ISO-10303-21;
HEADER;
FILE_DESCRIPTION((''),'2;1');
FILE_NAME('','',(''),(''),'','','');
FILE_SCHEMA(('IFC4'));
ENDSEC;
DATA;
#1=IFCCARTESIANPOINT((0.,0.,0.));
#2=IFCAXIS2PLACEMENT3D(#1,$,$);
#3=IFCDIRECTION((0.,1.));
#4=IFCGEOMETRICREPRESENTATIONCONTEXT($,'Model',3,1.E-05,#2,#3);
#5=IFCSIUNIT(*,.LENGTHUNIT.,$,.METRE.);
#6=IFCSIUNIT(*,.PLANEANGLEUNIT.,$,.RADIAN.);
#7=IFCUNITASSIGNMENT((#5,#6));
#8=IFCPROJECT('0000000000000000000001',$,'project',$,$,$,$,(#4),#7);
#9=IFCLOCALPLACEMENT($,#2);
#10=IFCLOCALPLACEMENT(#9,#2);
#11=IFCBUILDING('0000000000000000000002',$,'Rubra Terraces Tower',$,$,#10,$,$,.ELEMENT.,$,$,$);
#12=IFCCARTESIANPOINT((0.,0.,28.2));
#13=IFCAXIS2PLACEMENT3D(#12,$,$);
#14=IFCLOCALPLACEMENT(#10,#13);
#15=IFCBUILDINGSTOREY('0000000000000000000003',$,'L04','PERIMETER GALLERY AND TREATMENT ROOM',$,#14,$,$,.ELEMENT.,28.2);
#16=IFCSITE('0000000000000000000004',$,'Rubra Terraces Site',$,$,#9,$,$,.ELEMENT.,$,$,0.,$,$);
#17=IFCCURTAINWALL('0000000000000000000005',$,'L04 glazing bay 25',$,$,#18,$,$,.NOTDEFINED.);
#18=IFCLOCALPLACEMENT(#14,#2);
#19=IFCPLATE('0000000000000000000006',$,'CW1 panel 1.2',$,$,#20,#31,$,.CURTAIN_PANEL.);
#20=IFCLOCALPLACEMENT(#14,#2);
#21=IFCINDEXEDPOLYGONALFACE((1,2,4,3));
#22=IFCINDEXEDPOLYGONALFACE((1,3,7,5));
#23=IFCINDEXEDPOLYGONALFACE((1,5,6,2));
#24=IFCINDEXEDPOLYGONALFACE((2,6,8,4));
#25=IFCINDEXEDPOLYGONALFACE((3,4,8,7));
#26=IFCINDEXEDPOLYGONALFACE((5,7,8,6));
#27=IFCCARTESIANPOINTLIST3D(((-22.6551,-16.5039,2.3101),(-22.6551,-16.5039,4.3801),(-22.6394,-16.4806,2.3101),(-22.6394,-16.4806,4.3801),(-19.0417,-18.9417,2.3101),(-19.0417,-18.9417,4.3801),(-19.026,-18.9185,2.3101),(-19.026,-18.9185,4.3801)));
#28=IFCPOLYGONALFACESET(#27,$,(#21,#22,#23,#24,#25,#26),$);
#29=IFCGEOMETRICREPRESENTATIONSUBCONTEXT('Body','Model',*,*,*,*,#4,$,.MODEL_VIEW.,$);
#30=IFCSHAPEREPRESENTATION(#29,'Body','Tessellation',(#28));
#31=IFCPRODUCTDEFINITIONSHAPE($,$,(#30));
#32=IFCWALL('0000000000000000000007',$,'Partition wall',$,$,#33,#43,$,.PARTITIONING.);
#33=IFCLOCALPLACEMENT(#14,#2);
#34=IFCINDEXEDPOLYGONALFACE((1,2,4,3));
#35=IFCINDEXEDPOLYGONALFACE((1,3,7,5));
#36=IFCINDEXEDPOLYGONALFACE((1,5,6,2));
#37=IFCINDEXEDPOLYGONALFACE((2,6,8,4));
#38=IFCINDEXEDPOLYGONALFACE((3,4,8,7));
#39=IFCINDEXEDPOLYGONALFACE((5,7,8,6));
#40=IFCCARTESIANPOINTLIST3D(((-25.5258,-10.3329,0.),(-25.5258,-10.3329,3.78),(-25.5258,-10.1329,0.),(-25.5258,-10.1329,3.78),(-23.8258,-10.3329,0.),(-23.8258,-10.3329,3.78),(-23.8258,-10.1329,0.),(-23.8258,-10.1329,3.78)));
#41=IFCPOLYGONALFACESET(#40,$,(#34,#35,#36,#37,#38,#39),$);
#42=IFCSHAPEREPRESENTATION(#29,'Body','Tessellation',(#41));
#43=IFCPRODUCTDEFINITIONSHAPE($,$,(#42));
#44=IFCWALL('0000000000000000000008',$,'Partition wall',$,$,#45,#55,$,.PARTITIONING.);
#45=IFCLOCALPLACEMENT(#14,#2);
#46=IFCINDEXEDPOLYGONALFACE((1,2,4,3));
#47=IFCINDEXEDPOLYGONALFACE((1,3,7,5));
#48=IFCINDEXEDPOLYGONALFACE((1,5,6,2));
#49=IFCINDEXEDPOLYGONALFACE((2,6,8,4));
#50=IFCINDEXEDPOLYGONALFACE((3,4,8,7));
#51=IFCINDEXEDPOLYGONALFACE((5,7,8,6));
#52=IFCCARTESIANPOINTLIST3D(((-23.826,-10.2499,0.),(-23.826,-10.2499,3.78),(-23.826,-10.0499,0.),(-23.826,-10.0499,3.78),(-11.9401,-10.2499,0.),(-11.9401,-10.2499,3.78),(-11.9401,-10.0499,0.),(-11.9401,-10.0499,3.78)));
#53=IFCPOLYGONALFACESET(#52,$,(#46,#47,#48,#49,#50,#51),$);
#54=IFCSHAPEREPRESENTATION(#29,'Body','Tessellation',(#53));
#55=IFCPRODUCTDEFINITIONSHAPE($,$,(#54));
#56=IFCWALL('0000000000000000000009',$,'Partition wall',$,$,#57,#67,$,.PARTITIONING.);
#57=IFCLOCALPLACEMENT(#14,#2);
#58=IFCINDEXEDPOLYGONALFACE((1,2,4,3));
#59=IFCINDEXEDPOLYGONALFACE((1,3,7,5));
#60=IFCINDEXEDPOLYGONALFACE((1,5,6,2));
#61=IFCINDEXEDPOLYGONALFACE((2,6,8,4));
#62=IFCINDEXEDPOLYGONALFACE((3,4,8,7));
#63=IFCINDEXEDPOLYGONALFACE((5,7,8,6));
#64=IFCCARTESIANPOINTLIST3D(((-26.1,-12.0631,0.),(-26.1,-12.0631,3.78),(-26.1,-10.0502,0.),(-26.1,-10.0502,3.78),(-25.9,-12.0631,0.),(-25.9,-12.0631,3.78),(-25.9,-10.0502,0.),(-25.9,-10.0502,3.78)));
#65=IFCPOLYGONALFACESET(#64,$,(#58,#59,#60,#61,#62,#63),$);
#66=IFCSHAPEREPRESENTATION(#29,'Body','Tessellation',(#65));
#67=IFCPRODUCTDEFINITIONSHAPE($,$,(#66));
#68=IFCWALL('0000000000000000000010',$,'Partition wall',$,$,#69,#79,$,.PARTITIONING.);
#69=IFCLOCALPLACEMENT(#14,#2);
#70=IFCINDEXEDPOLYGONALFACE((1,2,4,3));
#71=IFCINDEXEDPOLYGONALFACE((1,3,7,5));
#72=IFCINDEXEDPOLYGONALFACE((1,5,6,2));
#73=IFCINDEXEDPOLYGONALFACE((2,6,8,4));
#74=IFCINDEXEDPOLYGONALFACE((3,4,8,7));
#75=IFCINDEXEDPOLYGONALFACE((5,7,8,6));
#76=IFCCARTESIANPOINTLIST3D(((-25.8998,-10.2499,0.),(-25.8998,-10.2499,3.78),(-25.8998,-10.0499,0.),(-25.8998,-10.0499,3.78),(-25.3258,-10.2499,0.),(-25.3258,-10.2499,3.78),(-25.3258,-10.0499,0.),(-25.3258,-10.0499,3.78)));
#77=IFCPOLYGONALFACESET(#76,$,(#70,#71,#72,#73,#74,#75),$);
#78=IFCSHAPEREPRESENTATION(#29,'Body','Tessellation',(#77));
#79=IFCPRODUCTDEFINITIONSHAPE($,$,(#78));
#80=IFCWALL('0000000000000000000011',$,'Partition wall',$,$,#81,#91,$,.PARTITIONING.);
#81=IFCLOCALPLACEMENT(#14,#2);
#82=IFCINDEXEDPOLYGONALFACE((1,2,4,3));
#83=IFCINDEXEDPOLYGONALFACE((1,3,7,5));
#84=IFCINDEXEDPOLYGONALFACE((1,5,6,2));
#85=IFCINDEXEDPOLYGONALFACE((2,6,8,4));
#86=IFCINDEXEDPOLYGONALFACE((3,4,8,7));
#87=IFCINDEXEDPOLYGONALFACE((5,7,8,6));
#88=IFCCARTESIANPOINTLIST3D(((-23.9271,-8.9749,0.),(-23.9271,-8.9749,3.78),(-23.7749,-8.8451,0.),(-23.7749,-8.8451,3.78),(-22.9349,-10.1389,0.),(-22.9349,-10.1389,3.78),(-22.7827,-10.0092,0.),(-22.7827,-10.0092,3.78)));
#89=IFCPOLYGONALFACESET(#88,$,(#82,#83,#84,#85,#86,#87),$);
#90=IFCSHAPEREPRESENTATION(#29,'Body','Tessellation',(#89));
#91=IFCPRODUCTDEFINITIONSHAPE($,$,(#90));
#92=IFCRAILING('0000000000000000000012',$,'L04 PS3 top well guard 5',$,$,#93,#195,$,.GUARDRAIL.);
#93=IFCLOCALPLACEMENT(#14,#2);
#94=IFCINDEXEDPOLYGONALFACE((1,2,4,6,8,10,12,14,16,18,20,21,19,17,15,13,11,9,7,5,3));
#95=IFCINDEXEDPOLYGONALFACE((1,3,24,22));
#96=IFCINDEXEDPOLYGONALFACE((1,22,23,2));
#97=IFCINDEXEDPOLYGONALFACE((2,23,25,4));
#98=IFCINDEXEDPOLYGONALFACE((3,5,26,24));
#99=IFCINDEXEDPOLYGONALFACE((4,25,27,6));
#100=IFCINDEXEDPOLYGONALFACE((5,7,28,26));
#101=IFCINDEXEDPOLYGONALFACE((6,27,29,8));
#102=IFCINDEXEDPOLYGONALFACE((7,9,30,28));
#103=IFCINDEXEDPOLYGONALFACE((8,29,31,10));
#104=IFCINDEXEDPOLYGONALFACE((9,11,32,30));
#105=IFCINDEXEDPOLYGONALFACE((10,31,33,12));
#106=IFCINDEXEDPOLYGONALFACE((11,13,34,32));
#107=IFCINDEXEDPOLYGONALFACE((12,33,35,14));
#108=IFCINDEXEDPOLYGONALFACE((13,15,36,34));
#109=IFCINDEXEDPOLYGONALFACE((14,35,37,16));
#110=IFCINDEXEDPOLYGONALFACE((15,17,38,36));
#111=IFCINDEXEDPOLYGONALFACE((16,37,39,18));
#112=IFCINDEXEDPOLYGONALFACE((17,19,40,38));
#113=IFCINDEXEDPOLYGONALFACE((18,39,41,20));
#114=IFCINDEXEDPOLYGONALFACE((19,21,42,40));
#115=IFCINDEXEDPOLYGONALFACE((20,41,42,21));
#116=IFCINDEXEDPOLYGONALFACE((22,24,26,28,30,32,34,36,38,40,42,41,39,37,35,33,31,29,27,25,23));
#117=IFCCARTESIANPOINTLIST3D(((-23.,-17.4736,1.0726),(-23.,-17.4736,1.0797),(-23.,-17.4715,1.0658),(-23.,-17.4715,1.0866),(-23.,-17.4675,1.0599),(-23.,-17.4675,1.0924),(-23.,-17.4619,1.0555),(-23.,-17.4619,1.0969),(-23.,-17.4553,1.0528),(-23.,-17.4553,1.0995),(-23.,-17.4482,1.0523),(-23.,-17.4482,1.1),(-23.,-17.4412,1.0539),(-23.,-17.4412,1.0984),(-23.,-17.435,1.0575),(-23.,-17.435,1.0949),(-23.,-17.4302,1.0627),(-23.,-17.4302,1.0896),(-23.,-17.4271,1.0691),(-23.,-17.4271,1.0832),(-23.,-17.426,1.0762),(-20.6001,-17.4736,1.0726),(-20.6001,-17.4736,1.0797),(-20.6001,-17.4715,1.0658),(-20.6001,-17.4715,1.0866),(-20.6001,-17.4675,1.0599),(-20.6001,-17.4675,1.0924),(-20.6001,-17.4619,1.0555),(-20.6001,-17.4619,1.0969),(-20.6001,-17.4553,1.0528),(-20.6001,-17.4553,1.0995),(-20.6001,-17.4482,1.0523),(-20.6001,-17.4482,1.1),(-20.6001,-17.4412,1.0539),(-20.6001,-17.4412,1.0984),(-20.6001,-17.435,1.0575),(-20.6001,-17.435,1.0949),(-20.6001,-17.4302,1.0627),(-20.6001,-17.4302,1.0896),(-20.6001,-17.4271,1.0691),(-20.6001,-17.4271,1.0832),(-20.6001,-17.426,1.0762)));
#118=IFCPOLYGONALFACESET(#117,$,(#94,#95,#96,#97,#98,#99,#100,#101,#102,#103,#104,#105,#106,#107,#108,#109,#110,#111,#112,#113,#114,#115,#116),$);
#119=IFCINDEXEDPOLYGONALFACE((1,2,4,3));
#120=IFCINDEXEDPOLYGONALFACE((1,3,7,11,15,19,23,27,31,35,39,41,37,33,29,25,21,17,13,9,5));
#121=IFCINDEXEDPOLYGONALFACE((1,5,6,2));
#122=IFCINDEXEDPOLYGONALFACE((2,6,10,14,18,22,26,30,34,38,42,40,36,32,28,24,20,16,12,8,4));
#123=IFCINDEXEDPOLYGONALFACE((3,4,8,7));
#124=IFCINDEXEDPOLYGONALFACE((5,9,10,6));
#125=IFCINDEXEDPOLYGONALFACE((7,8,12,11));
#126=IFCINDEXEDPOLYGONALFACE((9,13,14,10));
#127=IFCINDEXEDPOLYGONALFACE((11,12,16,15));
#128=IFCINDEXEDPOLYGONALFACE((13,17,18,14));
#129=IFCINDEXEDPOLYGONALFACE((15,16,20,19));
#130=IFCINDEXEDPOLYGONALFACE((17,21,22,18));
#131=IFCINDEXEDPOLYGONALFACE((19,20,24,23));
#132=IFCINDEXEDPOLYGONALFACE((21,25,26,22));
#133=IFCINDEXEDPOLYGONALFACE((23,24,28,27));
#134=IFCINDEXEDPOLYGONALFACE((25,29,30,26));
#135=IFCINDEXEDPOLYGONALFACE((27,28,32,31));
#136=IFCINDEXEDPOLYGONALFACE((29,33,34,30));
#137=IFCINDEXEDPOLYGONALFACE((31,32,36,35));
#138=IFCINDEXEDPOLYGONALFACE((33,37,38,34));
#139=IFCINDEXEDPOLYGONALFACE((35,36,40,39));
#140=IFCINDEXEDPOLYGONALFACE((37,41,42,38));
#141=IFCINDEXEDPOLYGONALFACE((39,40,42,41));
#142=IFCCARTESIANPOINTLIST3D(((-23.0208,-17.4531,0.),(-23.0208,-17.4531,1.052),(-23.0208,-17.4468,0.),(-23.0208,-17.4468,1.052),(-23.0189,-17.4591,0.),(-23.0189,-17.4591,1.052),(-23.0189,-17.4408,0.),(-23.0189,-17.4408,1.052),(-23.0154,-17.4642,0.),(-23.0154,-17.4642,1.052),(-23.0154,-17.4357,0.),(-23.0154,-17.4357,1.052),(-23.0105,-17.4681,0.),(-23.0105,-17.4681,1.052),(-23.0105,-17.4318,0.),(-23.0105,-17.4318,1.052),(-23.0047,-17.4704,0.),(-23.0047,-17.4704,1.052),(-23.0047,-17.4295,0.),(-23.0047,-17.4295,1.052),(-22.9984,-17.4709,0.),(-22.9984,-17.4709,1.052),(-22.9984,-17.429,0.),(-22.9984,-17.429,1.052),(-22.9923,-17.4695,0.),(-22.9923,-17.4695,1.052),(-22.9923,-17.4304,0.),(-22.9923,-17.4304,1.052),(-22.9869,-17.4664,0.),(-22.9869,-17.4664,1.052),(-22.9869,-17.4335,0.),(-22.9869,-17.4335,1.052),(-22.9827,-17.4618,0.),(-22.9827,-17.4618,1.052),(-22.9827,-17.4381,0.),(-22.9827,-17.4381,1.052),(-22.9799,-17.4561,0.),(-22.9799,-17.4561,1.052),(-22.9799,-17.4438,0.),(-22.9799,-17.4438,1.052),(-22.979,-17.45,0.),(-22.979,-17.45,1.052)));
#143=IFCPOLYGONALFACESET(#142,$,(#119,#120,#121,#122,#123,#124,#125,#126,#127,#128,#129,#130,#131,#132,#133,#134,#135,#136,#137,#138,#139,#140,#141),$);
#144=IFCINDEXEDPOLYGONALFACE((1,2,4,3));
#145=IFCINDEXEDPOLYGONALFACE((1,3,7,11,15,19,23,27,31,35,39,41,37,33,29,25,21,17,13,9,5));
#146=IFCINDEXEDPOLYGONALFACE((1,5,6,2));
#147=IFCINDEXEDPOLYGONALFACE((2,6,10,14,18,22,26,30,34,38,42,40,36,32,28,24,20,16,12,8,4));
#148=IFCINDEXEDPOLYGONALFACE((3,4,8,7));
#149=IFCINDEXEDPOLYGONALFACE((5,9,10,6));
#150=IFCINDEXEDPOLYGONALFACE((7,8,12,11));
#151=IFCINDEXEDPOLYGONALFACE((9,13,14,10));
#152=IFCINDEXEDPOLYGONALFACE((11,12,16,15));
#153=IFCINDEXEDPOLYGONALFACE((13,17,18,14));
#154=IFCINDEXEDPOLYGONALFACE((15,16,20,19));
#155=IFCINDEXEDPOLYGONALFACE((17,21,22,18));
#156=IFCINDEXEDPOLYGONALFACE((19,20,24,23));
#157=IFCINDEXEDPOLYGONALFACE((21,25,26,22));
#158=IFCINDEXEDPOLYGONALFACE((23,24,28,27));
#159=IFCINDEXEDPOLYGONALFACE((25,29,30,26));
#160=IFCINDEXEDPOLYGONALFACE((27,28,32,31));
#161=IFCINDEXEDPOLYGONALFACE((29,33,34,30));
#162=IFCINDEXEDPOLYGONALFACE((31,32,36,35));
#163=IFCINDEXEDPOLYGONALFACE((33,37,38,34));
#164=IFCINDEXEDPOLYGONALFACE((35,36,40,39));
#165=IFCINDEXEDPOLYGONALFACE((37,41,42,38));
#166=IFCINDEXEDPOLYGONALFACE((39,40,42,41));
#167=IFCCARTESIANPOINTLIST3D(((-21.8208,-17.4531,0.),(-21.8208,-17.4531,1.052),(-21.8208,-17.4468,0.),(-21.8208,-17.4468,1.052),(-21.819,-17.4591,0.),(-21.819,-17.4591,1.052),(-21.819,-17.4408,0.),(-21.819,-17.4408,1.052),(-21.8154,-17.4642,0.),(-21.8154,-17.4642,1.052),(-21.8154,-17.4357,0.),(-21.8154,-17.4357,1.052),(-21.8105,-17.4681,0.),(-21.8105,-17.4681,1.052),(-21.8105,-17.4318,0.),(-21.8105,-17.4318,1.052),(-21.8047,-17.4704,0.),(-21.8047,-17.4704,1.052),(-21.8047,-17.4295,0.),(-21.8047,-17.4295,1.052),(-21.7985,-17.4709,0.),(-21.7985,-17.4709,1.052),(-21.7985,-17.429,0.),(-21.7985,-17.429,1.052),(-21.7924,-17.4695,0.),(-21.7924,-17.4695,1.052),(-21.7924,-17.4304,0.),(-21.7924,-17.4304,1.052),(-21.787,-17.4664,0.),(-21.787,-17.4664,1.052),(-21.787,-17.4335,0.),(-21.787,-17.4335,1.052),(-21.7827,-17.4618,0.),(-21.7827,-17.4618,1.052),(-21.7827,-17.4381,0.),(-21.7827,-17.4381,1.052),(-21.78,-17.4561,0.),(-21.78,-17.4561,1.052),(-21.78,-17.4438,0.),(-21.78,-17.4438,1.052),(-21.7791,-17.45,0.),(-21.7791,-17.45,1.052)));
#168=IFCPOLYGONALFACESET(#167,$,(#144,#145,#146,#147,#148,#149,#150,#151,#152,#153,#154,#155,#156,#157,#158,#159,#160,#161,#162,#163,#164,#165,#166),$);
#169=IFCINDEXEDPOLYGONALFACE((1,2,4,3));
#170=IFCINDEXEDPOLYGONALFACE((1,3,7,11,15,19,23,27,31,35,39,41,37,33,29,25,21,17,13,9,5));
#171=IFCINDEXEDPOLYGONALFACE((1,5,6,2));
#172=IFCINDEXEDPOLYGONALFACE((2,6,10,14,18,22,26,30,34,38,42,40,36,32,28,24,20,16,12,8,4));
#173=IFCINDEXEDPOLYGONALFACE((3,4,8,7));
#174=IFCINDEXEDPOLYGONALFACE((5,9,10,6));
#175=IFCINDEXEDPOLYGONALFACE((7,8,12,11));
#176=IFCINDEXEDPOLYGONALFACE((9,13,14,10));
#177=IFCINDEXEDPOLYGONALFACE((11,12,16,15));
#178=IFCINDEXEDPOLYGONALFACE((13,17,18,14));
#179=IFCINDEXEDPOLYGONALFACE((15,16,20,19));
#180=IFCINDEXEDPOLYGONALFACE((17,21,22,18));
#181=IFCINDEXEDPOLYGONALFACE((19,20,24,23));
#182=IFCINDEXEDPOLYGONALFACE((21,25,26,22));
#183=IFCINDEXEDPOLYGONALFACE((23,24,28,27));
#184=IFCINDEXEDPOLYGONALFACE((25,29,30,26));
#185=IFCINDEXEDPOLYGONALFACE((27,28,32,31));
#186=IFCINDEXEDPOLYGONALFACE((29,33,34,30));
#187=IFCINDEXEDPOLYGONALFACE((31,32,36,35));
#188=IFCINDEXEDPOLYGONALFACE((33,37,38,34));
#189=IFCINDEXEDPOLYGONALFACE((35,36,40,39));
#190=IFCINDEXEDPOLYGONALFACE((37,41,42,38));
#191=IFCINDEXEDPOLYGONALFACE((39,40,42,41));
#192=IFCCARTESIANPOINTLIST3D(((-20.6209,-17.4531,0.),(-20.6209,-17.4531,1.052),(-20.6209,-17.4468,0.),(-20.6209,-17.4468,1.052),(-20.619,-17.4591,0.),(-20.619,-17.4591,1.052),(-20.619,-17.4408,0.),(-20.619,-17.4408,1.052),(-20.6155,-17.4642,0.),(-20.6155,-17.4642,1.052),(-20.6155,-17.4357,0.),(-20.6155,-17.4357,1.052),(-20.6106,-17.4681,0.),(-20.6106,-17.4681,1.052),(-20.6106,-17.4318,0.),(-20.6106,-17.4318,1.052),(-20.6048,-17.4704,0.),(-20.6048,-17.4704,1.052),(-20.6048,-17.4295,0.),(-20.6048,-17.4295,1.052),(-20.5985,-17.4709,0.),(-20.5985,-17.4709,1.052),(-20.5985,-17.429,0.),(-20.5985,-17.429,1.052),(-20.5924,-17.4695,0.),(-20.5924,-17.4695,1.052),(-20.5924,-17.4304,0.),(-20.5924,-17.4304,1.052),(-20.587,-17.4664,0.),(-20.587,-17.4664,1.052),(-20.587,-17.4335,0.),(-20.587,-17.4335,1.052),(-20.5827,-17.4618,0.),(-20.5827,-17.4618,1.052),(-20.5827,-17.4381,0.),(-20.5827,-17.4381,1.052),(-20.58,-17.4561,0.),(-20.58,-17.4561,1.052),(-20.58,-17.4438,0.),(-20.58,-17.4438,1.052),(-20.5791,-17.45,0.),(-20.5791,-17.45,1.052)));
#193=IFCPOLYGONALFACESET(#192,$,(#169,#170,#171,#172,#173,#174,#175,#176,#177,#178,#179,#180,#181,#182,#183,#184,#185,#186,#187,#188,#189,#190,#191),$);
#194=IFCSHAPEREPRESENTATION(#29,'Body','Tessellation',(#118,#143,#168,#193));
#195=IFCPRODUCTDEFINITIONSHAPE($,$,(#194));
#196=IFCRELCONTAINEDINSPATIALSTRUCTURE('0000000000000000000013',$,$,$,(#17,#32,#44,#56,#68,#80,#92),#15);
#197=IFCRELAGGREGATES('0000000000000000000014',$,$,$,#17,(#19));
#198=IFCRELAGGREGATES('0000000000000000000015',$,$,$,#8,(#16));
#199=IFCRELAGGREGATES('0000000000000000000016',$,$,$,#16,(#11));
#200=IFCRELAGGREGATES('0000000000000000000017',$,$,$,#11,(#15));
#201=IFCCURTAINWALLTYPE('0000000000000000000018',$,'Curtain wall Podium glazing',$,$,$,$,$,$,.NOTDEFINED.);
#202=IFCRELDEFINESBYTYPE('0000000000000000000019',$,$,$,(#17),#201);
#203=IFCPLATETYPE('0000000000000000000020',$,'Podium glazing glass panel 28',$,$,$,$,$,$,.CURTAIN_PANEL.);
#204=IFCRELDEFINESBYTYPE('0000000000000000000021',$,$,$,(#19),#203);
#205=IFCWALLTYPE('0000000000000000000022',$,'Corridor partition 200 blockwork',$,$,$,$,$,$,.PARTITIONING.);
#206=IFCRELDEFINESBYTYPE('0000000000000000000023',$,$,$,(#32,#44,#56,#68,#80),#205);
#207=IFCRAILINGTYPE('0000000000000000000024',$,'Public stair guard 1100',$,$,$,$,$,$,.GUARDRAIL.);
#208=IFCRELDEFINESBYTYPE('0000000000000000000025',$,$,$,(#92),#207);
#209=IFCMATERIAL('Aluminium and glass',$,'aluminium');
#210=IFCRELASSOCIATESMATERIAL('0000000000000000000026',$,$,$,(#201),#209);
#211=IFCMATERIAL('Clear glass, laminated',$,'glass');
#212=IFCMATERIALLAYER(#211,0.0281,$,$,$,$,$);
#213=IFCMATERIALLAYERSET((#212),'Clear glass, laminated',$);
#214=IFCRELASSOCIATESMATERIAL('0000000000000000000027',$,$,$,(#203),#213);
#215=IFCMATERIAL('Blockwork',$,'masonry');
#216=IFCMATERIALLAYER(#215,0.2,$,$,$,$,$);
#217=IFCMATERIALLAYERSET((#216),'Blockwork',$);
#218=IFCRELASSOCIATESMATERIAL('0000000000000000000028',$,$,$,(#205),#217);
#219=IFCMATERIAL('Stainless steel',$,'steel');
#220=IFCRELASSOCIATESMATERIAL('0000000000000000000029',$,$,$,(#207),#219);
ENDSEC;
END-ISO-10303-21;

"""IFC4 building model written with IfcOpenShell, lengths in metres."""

from ifc_helpers import new_model, si_unit, direction, frame, frame_2d, origin, origin_2d, place, context, subcontext, project, spatial, rectangle, circle, extrude, material, layer, layer_set, type_object, element, aggregate, save


model = new_model("IFC4")

# Units and contexts
model_context = context("Model", 3, precision=1e-05, world=origin(), true_north=direction((0.0, 1.0)))
body_context = subcontext(model_context, "Body", "Model", "MODEL_VIEW")
ifc_project = project(units=[si_unit("LENGTHUNIT", "METRE"), si_unit("PLANEANGLEUNIT", "RADIAN")], contexts=[model_context])

# Site, building, storey
site_placement = place(None, origin())
site = spatial("IfcSite", under=ifc_project, at=site_placement, Name="Rubra Terraces Site", CompositionType="ELEMENT", RefElevation=0.0)
building_placement = place(site_placement, origin())
building = spatial("IfcBuilding", under=site, at=building_placement, Name="Rubra Terraces Tower", CompositionType="ELEMENT")
storey_placement = place(building_placement, frame((0.0, 0.0, 28.2)))
storey = spatial("IfcBuildingStorey", under=building, at=storey_placement, Name="L04", Description="PERIMETER GALLERY AND TREATMENT ROOM", CompositionType="ELEMENT", Elevation=28.2)

# Shared definitions
ifc_material_1 = material(Name="Aluminium and glass", Category="aluminium")
curtain_wall_type = type_object("IfcCurtainWallType", Name="Curtain wall Podium glazing", PredefinedType="NOTDEFINED", material=ifc_material_1)

# Curtain wall
curtain_wall_1_placement = place(storey_placement, origin())
curtain_wall_1 = element("IfcCurtainWall", 1, at=curtain_wall_1_placement, inside=storey, type_object=curtain_wall_type, Name="L04 glazing bay 25", PredefinedType="NOTDEFINED")

# Plate
ifc_material_2 = material(Name="Clear glass, laminated", Category="glass")
ifc_layer_1 = layer(ifc_material_2, 0.0281)
ifc_layer_set_1 = layer_set([ifc_layer_1], Name="Clear glass, laminated")
plate_type = type_object("IfcPlateType", Name="Podium glazing glass panel 28", PredefinedType="CURTAIN_PANEL", material=ifc_layer_set_1)
plate_1_placement = place(storey_placement, frame((-20.8406, -17.7112, 2.3101), z_axis=(0.0, 0.0, 1.0), x_axis=(0.828981, -0.559277, 0.0)))
plate_1 = element("IfcPlate", 2, at=plate_1_placement, type_object=plate_type, Name="CW1 panel 1.2", PredefinedType="CURTAIN_PANEL", context=body_context, shape_type="SweptSolid", body=[
    extrude(rectangle(XDim=4.3589, YDim=0.0281, at=origin_2d()), origin(), (0.0, 0.0, 1.0), 2.0701),
])
aggregate(curtain_wall_1, [plate_1])

# Walls
ifc_material_3 = material(Name="Blockwork", Category="masonry")
ifc_layer_2 = layer(ifc_material_3, 0.2)
ifc_layer_set_2 = layer_set([ifc_layer_2], Name="Blockwork")
wall_type = type_object("IfcWallType", Name="Corridor partition 200 blockwork", PredefinedType="PARTITIONING", material=ifc_layer_set_2)
wall_1_placement = place(storey_placement, frame((-25.5259, -10.2329, 0.0), z_axis=(0.0, 0.0, 1.0), x_axis=(1.0, 0.0, 0.0)))
element("IfcWall", 3, at=wall_1_placement, inside=storey, type_object=wall_type, Name="Partition wall", PredefinedType="PARTITIONING", context=body_context, shape_type="SweptSolid", body=[
    extrude(rectangle(XDim=1.7, YDim=0.2, at=frame_2d((0.8501, 0.0))), origin(), (0.0, 0.0, 1.0), 3.78),
])
wall_2_placement = place(storey_placement, frame((-23.8259, -10.1499, 0.0), z_axis=(0.0, 0.0, 1.0), x_axis=(1.0, 0.0, 0.0)))
element("IfcWall", 4, at=wall_2_placement, inside=storey, type_object=wall_type, Name="Partition wall", PredefinedType="PARTITIONING", context=body_context, shape_type="SweptSolid", body=[
    extrude(rectangle(XDim=11.886, YDim=0.2, at=frame_2d((5.9429, 0.0))), origin(), (0.0, 0.0, 1.0), 3.78),
])
wall_3_placement = place(storey_placement, frame((-26.0, -12.063, 0.0), z_axis=(0.0, 0.0, 1.0), x_axis=(0.0, 1.0, 0.0)))
element("IfcWall", 5, at=wall_3_placement, inside=storey, type_object=wall_type, Name="Partition wall", PredefinedType="PARTITIONING", context=body_context, shape_type="SweptSolid", body=[
    extrude(rectangle(XDim=2.0129, YDim=0.2, at=frame_2d((1.0063, 0.0))), origin(), (0.0, 0.0, 1.0), 3.78),
])
wall_4_placement = place(storey_placement, frame((-25.8999, -10.1499, 0.0), z_axis=(0.0, 0.0, 1.0), x_axis=(1.0, 0.0, 0.0)))
element("IfcWall", 6, at=wall_4_placement, inside=storey, type_object=wall_type, Name="Partition wall", PredefinedType="PARTITIONING", context=body_context, shape_type="SweptSolid", body=[
    extrude(rectangle(XDim=0.574, YDim=0.2, at=frame_2d((0.2871, 0.0))), origin(), (0.0, 0.0, 1.0), 3.78),
])
wall_5_placement = place(storey_placement, frame((-22.8589, -10.074, 0.0), z_axis=(0.0, 0.0, 1.0), x_axis=(-0.648686, 0.761056, 0.0)))
element("IfcWall", 7, at=wall_5_placement, inside=storey, type_object=wall_type, Name="Partition wall", PredefinedType="PARTITIONING", context=body_context, shape_type="SweptSolid", body=[
    extrude(rectangle(XDim=1.5295, YDim=0.2, at=frame_2d((0.7646, 0.0))), origin(), (0.0, 0.0, 1.0), 3.78),
])

# Railing
ifc_material_4 = material(Name="Stainless steel", Category="steel")
railing_type = type_object("IfcRailingType", Name="Public stair guard 1100", PredefinedType="GUARDRAIL", material=ifc_material_4)
for number, where, name in (
    (8, (-23.0, -17.45, 0.0), "L04 PS3 top well guard 5"),
):
    element("IfcRailing", number, at=place(storey_placement, frame(where)), inside=storey, type_object=railing_type, Name=name, PredefinedType="GUARDRAIL", context=body_context, shape_type="SweptSolid", body=[
        extrude(circle(Radius=0.0239, at=origin_2d()), frame((0.0, 0.0, 1.0762), z_axis=(1.0, 0.0, 0.0), x_axis=(0.0, 1.0, 0.0)), (0.0, 0.0, 1.0), 2.3999),
        extrude(circle(Radius=0.021, at=origin_2d()), origin(), (0.0, 0.0, 1.0), 1.052),
        extrude(circle(Radius=0.021, at=origin_2d()), frame((1.2, 0.0, 0.0)), (0.0, 0.0, 1.0), 1.052),
        extrude(circle(Radius=0.021, at=origin_2d()), frame((2.3999, 0.0, 0.0)), (0.0, 0.0, 1.0), 1.052),
    ])

save(model, "model.ifc")
